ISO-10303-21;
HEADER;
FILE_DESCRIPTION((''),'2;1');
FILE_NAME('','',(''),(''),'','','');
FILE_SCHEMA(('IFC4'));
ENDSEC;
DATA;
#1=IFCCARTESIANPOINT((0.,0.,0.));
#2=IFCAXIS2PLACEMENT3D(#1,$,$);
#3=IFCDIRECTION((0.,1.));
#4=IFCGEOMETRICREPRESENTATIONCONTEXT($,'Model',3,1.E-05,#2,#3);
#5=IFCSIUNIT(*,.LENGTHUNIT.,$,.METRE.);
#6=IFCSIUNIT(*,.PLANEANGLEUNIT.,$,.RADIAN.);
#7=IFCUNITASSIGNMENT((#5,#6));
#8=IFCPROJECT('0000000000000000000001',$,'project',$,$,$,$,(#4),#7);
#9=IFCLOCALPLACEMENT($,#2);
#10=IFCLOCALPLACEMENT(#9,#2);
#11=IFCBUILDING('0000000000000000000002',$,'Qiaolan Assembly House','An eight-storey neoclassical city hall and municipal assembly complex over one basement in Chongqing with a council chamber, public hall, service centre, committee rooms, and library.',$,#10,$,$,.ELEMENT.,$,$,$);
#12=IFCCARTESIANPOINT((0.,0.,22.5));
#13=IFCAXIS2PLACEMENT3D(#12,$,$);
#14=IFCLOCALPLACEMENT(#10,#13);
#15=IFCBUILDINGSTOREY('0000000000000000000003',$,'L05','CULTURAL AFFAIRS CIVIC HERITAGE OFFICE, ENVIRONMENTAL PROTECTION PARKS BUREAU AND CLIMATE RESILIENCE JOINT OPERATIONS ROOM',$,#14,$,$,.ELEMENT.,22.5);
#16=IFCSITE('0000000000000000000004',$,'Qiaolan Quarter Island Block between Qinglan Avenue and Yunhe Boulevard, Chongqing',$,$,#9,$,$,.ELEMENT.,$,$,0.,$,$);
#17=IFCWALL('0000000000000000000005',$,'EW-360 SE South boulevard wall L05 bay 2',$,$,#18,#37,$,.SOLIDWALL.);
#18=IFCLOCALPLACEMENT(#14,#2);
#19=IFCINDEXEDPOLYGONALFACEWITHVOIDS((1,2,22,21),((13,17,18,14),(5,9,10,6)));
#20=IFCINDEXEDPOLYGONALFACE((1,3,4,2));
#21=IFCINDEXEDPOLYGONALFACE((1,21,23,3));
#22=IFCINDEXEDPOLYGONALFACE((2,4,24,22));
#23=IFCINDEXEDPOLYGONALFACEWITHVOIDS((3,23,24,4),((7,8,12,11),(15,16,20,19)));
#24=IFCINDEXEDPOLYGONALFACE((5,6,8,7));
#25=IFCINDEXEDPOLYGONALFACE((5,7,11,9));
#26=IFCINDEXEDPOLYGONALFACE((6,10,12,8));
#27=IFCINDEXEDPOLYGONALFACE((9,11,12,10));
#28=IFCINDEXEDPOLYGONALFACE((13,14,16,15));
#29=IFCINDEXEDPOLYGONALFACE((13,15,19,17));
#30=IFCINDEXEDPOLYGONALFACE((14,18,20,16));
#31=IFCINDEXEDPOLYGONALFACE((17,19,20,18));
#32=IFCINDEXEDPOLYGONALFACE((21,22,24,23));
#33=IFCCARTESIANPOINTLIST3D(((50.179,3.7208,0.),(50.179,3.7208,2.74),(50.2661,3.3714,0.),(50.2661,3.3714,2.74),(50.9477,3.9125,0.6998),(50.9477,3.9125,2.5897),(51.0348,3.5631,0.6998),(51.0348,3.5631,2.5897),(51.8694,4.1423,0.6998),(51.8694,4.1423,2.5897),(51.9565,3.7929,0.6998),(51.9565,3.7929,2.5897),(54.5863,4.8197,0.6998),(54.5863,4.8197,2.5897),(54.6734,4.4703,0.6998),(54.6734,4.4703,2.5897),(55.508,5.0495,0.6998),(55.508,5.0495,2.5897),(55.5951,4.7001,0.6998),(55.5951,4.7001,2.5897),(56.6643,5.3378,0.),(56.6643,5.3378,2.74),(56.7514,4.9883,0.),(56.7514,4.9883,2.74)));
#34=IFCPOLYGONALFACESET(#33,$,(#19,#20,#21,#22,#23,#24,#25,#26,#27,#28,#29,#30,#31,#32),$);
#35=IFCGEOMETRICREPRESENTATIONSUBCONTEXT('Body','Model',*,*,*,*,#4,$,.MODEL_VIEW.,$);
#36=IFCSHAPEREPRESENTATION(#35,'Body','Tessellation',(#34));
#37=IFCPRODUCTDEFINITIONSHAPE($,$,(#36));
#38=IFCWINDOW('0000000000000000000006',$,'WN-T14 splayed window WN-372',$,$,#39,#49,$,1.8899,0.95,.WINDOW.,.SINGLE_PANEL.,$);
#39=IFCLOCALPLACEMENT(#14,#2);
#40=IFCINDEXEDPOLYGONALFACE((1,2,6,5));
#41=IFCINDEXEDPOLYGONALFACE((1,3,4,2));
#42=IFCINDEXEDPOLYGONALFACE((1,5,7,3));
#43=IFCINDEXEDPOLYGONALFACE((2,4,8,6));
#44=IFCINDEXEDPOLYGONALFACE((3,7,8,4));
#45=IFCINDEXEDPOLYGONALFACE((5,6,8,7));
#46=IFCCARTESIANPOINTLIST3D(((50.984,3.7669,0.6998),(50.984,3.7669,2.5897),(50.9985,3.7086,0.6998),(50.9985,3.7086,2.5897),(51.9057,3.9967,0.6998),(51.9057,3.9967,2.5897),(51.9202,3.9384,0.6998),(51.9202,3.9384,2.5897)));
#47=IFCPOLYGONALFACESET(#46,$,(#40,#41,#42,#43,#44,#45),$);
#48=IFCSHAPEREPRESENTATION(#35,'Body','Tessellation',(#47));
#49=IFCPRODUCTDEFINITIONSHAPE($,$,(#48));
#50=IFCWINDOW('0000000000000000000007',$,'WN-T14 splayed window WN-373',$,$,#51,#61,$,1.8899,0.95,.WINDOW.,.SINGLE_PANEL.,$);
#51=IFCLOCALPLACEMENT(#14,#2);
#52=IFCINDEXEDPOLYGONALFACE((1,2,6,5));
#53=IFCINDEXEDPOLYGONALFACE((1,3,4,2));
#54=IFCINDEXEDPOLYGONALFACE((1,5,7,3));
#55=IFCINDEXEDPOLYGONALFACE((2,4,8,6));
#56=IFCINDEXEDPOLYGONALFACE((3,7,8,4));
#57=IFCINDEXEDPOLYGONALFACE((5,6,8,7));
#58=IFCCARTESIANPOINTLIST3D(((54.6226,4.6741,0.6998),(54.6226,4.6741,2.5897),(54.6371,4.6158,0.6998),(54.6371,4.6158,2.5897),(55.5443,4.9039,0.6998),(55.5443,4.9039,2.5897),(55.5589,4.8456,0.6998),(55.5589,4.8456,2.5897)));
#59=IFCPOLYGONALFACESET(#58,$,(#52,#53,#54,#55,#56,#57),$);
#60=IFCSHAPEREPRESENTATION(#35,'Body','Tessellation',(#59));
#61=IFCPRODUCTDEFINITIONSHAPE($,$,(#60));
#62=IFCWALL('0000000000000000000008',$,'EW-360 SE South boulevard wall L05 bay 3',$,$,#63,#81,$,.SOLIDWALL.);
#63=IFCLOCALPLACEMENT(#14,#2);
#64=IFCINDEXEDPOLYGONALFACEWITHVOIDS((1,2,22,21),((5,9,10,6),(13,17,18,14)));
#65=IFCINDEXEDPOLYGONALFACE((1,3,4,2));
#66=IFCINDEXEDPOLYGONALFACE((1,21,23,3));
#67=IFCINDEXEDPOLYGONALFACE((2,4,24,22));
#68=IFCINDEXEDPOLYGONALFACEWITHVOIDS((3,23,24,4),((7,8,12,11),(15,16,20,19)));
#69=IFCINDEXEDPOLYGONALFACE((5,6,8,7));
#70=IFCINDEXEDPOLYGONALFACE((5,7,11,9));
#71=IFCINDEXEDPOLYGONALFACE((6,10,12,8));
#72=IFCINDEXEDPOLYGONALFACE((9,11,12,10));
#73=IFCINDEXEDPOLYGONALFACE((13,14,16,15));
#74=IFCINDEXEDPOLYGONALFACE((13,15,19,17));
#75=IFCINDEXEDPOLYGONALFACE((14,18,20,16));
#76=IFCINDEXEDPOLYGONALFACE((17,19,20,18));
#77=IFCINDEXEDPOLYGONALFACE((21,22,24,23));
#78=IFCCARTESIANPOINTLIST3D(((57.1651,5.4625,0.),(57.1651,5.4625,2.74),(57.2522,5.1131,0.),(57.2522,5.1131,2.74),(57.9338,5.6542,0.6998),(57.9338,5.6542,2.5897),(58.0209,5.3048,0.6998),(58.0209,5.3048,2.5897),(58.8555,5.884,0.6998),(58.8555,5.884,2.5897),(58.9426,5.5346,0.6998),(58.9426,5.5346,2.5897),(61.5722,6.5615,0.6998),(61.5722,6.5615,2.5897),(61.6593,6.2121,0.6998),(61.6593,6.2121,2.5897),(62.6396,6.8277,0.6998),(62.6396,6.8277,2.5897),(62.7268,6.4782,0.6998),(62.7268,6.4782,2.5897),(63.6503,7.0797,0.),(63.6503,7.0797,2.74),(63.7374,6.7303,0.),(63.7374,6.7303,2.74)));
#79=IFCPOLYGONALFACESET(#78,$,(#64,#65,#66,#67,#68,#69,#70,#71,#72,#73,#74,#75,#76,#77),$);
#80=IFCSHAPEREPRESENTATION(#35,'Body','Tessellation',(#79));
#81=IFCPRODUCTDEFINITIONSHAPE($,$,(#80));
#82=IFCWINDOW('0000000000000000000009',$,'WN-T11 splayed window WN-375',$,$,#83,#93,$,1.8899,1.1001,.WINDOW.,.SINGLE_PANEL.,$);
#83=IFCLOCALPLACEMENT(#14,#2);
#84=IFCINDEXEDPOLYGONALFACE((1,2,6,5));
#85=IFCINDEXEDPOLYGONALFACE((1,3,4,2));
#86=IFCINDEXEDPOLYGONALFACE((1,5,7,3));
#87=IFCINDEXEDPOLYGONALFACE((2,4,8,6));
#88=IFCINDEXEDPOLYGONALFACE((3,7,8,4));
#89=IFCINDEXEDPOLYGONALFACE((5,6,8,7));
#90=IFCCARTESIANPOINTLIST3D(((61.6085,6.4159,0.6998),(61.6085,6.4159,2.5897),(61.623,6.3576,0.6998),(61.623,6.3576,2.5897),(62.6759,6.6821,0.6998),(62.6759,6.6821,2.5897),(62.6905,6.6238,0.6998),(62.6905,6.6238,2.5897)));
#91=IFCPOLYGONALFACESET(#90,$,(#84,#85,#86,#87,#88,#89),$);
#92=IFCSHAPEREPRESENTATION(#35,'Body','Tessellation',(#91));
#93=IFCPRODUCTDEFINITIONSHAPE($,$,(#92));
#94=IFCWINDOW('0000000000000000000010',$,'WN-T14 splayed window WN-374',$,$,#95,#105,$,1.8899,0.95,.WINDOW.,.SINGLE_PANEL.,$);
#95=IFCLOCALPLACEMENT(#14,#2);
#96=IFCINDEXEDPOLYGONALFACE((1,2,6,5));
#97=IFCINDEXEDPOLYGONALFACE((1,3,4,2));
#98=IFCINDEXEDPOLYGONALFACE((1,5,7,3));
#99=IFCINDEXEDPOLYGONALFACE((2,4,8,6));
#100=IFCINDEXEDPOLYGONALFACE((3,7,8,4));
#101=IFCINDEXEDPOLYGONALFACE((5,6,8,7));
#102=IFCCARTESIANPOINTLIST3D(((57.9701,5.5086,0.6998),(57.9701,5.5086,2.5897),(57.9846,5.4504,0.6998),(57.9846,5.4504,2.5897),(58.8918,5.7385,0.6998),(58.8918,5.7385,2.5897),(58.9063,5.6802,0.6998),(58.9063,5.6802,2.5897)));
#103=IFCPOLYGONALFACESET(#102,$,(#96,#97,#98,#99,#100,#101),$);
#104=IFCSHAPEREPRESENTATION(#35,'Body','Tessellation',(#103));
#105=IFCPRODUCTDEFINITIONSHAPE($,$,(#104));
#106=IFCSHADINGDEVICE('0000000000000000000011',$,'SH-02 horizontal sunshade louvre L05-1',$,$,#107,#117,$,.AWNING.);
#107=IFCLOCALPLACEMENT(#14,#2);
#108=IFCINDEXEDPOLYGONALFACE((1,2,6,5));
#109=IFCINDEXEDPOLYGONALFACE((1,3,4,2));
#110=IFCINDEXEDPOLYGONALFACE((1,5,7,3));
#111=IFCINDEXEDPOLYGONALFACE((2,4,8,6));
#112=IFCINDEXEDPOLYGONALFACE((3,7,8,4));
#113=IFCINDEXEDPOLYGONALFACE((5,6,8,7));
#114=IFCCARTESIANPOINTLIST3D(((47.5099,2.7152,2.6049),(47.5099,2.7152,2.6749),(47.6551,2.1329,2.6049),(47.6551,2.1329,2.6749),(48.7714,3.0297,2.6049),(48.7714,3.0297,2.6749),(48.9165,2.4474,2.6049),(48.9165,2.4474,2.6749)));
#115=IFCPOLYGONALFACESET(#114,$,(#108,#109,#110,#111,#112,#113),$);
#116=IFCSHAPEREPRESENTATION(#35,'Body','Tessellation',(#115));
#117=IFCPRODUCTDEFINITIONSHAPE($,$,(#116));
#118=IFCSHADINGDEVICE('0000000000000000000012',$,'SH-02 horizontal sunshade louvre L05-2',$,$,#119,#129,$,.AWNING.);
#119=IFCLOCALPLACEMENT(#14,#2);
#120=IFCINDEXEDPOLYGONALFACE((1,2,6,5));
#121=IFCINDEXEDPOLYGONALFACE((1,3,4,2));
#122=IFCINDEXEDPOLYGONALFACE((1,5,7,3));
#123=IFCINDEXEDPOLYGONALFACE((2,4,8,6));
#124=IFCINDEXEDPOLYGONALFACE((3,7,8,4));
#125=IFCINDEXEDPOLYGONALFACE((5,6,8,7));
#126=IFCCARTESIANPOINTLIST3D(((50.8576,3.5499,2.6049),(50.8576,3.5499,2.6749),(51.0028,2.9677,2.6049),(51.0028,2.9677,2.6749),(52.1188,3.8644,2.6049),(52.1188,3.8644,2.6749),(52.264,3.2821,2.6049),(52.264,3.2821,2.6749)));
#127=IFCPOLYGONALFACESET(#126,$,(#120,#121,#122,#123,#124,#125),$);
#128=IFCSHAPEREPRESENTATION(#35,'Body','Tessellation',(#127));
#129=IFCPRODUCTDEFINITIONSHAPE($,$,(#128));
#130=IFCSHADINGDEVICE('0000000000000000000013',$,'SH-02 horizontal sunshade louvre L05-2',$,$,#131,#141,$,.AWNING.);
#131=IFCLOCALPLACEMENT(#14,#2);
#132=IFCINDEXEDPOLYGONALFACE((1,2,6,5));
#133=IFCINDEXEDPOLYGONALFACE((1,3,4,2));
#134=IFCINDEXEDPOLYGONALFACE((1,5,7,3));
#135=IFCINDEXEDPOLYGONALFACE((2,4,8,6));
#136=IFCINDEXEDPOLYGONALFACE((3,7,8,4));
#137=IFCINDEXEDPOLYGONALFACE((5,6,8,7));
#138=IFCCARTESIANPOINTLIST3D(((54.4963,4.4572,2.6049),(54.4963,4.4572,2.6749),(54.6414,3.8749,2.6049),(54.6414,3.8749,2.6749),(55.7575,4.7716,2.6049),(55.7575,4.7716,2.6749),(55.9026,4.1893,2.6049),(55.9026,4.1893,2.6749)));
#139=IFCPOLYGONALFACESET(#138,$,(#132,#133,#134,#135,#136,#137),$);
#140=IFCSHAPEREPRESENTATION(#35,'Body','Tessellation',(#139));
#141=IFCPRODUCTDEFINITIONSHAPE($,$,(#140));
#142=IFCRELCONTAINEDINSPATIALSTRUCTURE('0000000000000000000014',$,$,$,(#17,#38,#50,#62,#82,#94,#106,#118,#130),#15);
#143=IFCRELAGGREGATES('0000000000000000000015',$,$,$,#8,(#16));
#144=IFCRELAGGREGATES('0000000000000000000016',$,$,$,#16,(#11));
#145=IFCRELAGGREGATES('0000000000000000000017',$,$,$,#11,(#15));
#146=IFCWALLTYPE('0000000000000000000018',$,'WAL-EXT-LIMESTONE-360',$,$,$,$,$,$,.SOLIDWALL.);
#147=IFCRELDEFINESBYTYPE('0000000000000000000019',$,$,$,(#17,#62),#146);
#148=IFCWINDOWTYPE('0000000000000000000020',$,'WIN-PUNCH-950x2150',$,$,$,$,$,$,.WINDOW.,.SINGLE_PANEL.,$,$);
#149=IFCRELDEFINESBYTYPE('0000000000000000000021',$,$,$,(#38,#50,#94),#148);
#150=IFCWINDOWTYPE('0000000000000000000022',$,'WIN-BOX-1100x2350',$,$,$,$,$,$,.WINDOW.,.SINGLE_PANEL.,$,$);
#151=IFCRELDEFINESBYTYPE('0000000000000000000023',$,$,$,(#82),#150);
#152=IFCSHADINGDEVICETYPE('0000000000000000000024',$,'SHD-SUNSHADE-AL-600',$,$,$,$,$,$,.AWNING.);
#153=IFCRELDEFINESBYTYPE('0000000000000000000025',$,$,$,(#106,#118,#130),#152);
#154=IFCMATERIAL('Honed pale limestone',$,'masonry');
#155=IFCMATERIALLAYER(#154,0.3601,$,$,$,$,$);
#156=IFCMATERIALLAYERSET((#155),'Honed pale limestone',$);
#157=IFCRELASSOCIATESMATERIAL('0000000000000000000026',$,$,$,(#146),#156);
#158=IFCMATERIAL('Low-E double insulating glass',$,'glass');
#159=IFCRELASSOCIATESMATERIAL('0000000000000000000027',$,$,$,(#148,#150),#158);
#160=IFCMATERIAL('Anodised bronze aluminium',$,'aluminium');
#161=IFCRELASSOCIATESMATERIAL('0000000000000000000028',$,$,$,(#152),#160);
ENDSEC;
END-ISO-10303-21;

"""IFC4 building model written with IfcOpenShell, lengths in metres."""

from ifc_helpers import new_model, si_unit, direction, frame, frame_2d, origin, origin_2d, place, context, subcontext, project, spatial, rectangle, extrude, material, layer, layer_set, material_profile, profile_set, type_object, element, fill, save


model = new_model("IFC4")

# Units and contexts
model_context = context("Model", 3, precision=1e-05, world=origin(), true_north=direction((0.0, 1.0)))
body_context = subcontext(model_context, "Body", "Model", "MODEL_VIEW")
ifc_project = project(units=[si_unit("LENGTHUNIT", "METRE"), si_unit("PLANEANGLEUNIT", "RADIAN")], contexts=[model_context])

# Site, building, storey
site_placement = place(None, origin())
site = spatial("IfcSite", under=ifc_project, at=site_placement, Name="Qiaolan Quarter Island Block between Qinglan Avenue and Yunhe Boulevard, Chongqing", CompositionType="ELEMENT", RefElevation=0.0)
building_placement = place(site_placement, origin())
building = spatial("IfcBuilding", under=site, at=building_placement, Name="Qiaolan Assembly House", Description="An eight-storey neoclassical city hall and municipal assembly complex over one basement in Chongqing with a council chamber, public hall, service centre, committee rooms, and library.", CompositionType="ELEMENT")
storey_placement = place(building_placement, frame((0.0, 0.0, 22.5)))
storey = spatial("IfcBuildingStorey", under=building, at=storey_placement, Name="L05", Description="CULTURAL AFFAIRS CIVIC HERITAGE OFFICE, ENVIRONMENTAL PROTECTION PARKS BUREAU AND CLIMATE RESILIENCE JOINT OPERATIONS ROOM", CompositionType="ELEMENT", Elevation=22.5)

# Shared definitions
ifc_material_1 = material(Name="Honed pale limestone", Category="masonry")

# Walls, openings, windows
ifc_layer_1 = layer(ifc_material_1, 0.3601)
ifc_layer_set_1 = layer_set([ifc_layer_1], Name="Honed pale limestone")
wall_type = type_object("IfcWallType", Name="WAL-EXT-LIMESTONE-360", PredefinedType="SOLIDWALL", material=ifc_layer_set_1)
wall_1_placement = place(storey_placement, frame((50.2227, 3.5461, 0.0), z_axis=(0.0, 0.0, 1.0), x_axis=(0.970297, 0.241917, 0.0)))
wall_1 = element("IfcWall", 1, at=wall_1_placement, inside=storey, type_object=wall_type, Name="EW-360 SE South boulevard wall L05 bay 2", PredefinedType="SOLIDWALL", context=body_context, shape_type="SweptSolid", body=[
    extrude(rectangle(XDim=6.6838, YDim=0.3601, at=frame_2d((3.3418, 0.0))), origin(), (0.0, 0.0, 1.0), 2.74),
])
opening_1_placement = place(wall_1_placement, frame((0.792, 0.0, 0.7)))
opening_1 = element("IfcOpeningElement", 2, at=opening_1_placement, cuts=wall_1, PredefinedType="OPENING", context=body_context, shape_type="SweptSolid", body=[
    extrude(rectangle(XDim=0.95, YDim=1.8899, at=frame_2d((0.4751, 0.9448))), frame((0.0, 0.1899, 0.0), z_axis=(0.0, -1.0, 0.0), x_axis=(1.0, 0.0, 0.0)), (0.0, 0.0, 1.0), 0.3801),
])
opening_2_placement = place(wall_1_placement, frame((4.542, 0.0, 0.7)))
opening_2 = element("IfcOpeningElement", 3, at=opening_2_placement, cuts=wall_1, PredefinedType="OPENING", context=body_context, shape_type="SweptSolid", body=[
    extrude(rectangle(XDim=0.95, YDim=1.8899, at=frame_2d((0.4751, 0.9448))), frame((0.0, 0.1899, 0.0), z_axis=(0.0, -1.0, 0.0), x_axis=(1.0, 0.0, 0.0)), (0.0, 0.0, 1.0), 0.3801),
])
ifc_material_2 = material(Name="Low-E double insulating glass", Category="glass")
window_type_1 = type_object("IfcWindowType", Name="WIN-PUNCH-950x2150", PartitioningType="SINGLE_PANEL", PredefinedType="WINDOW", material=ifc_material_2)
window_1_placement = place(opening_1_placement, origin())
window_1 = element("IfcWindow", 4, at=window_1_placement, inside=storey, type_object=window_type_1, Name="WN-T14 splayed window WN-372", OverallHeight=1.8899, OverallWidth=0.95, PartitioningType="SINGLE_PANEL", PredefinedType="WINDOW", context=body_context, shape_type="SweptSolid", body=[
    extrude(rectangle(XDim=0.95, YDim=1.8899, at=frame_2d((0.4751, 0.9448))), frame((0.0, 0.03, 0.0), z_axis=(0.0, -1.0, 0.0), x_axis=(1.0, 0.0, 0.0)), (0.0, 0.0, 1.0), 0.0601),
])
fill(opening_1, window_1)
window_2_placement = place(opening_2_placement, origin())
window_2 = element("IfcWindow", 5, at=window_2_placement, inside=storey, type_object=window_type_1, Name="WN-T14 splayed window WN-373", OverallHeight=1.8899, OverallWidth=0.95, PartitioningType="SINGLE_PANEL", PredefinedType="WINDOW", context=body_context, shape_type="SweptSolid", body=[
    extrude(rectangle(XDim=0.95, YDim=1.8899, at=frame_2d((0.4751, 0.9448))), frame((0.0, 0.03, 0.0), z_axis=(0.0, -1.0, 0.0), x_axis=(1.0, 0.0, 0.0)), (0.0, 0.0, 1.0), 0.0601),
])
fill(opening_2, window_2)
wall_2_placement = place(storey_placement, frame((57.2087, 5.2878, 0.0), z_axis=(0.0, 0.0, 1.0), x_axis=(0.970288, 0.241951, 0.0)))
wall_2 = element("IfcWall", 6, at=wall_2_placement, inside=storey, type_object=wall_type, Name="EW-360 SE South boulevard wall L05 bay 3", PredefinedType="SOLIDWALL", context=body_context, shape_type="SweptSolid", body=[
    extrude(rectangle(XDim=6.6838, YDim=0.3601, at=frame_2d((3.3418, 0.0))), origin(), (0.0, 0.0, 1.0), 2.74),
])
opening_3_placement = place(wall_2_placement, frame((0.792, 0.0, 0.7)))
opening_3 = element("IfcOpeningElement", 7, at=opening_3_placement, cuts=wall_2, PredefinedType="OPENING", context=body_context, shape_type="SweptSolid", body=[
    extrude(rectangle(XDim=0.95, YDim=1.8899, at=frame_2d((0.4751, 0.9448))), frame((0.0, 0.1899, 0.0), z_axis=(0.0, -1.0, 0.0), x_axis=(1.0, 0.0, 0.0)), (0.0, 0.0, 1.0), 0.3801),
])
opening_4_placement = place(wall_2_placement, frame((4.542, 0.0, 0.7)))
opening_4 = element("IfcOpeningElement", 8, at=opening_4_placement, cuts=wall_2, PredefinedType="OPENING", context=body_context, shape_type="SweptSolid", body=[
    extrude(rectangle(XDim=1.1001, YDim=1.8899, at=frame_2d((0.55, 0.9448))), frame((0.0, 0.1899, 0.0), z_axis=(0.0, -1.0, 0.0), x_axis=(1.0, 0.0, 0.0)), (0.0, 0.0, 1.0), 0.3801),
])
window_type_2 = type_object("IfcWindowType", Name="WIN-BOX-1100x2350", PartitioningType="SINGLE_PANEL", PredefinedType="WINDOW", material=ifc_material_2)
window_3_placement = place(opening_4_placement, origin())
window_3 = element("IfcWindow", 9, at=window_3_placement, inside=storey, type_object=window_type_2, Name="WN-T11 splayed window WN-375", OverallHeight=1.8899, OverallWidth=1.1001, PartitioningType="SINGLE_PANEL", PredefinedType="WINDOW", context=body_context, shape_type="SweptSolid", body=[
    extrude(rectangle(XDim=1.1001, YDim=1.8899, at=frame_2d((0.55, 0.9448))), frame((0.0, 0.03, 0.0), z_axis=(0.0, -1.0, 0.0), x_axis=(1.0, 0.0, 0.0)), (0.0, 0.0, 1.0), 0.0601),
])
fill(opening_4, window_3)
window_4_placement = place(opening_3_placement, origin())
window_4 = element("IfcWindow", 10, at=window_4_placement, inside=storey, type_object=window_type_1, Name="WN-T14 splayed window WN-374", OverallHeight=1.8899, OverallWidth=0.95, PartitioningType="SINGLE_PANEL", PredefinedType="WINDOW", context=body_context, shape_type="SweptSolid", body=[
    extrude(rectangle(XDim=0.95, YDim=1.8899, at=frame_2d((0.4751, 0.9448))), frame((0.0, 0.03, 0.0), z_axis=(0.0, -1.0, 0.0), x_axis=(1.0, 0.0, 0.0)), (0.0, 0.0, 1.0), 0.0601),
])
fill(opening_3, window_4)

# Shading devices
ifc_material_3 = material(Name="Anodised bronze aluminium", Category="aluminium")
ifc_material_profile_1 = material_profile(ifc_material_3, rectangle(XDim=0.6001, YDim=0.0701, at=origin_2d()), Name="SHD 600x70")
ifc_profile_set_1 = profile_set([ifc_material_profile_1], Name="Anodised bronze aluminium")
shading_device_type = type_object("IfcShadingDeviceType", Name="SHD-SUNSHADE-AL-600", PredefinedType="AWNING", material=ifc_profile_set_1)
shading_device_placement = place(storey_placement, frame((47.5825, 2.4241, 2.6399), z_axis=(0.970308, 0.241873, 0.0), x_axis=(-0.241873, 0.970308, 0.0)))
element("IfcShadingDevice", 11, at=shading_device_placement, inside=storey, type_object=shading_device_type, Name="SH-02 horizontal sunshade louvre L05-1", PredefinedType="AWNING", context=body_context, shape_type="SweptSolid", body=[
    extrude(rectangle(XDim=0.6001, YDim=0.0701, at=origin_2d()), origin(), (0.0, 0.0, 1.0), 1.3),
])
for number, where, z_axis, x_axis, name in (
    (12, (50.9302, 3.2588, 2.6399), (0.970297, 0.241917, 0.0), (-0.241917, 0.970297, 0.0), "SH-02 horizontal sunshade louvre L05-2"),
    (13, (54.5688, 4.166, 2.6399), (0.970297, 0.241917, 0.0), (-0.241917, 0.970297, 0.0), "SH-02 horizontal sunshade louvre L05-2"),
):
    element("IfcShadingDevice", number, at=place(storey_placement, frame(where, z_axis=z_axis, x_axis=x_axis)), inside=storey, type_object=shading_device_type, Name=name, PredefinedType="AWNING", context=body_context, shape_type="SweptSolid", body=[
        extrude(rectangle(XDim=0.6001, YDim=0.0701, at=origin_2d()), origin(), (0.0, 0.0, 1.0), 1.2998),
    ])

save(model, "model.ifc")
